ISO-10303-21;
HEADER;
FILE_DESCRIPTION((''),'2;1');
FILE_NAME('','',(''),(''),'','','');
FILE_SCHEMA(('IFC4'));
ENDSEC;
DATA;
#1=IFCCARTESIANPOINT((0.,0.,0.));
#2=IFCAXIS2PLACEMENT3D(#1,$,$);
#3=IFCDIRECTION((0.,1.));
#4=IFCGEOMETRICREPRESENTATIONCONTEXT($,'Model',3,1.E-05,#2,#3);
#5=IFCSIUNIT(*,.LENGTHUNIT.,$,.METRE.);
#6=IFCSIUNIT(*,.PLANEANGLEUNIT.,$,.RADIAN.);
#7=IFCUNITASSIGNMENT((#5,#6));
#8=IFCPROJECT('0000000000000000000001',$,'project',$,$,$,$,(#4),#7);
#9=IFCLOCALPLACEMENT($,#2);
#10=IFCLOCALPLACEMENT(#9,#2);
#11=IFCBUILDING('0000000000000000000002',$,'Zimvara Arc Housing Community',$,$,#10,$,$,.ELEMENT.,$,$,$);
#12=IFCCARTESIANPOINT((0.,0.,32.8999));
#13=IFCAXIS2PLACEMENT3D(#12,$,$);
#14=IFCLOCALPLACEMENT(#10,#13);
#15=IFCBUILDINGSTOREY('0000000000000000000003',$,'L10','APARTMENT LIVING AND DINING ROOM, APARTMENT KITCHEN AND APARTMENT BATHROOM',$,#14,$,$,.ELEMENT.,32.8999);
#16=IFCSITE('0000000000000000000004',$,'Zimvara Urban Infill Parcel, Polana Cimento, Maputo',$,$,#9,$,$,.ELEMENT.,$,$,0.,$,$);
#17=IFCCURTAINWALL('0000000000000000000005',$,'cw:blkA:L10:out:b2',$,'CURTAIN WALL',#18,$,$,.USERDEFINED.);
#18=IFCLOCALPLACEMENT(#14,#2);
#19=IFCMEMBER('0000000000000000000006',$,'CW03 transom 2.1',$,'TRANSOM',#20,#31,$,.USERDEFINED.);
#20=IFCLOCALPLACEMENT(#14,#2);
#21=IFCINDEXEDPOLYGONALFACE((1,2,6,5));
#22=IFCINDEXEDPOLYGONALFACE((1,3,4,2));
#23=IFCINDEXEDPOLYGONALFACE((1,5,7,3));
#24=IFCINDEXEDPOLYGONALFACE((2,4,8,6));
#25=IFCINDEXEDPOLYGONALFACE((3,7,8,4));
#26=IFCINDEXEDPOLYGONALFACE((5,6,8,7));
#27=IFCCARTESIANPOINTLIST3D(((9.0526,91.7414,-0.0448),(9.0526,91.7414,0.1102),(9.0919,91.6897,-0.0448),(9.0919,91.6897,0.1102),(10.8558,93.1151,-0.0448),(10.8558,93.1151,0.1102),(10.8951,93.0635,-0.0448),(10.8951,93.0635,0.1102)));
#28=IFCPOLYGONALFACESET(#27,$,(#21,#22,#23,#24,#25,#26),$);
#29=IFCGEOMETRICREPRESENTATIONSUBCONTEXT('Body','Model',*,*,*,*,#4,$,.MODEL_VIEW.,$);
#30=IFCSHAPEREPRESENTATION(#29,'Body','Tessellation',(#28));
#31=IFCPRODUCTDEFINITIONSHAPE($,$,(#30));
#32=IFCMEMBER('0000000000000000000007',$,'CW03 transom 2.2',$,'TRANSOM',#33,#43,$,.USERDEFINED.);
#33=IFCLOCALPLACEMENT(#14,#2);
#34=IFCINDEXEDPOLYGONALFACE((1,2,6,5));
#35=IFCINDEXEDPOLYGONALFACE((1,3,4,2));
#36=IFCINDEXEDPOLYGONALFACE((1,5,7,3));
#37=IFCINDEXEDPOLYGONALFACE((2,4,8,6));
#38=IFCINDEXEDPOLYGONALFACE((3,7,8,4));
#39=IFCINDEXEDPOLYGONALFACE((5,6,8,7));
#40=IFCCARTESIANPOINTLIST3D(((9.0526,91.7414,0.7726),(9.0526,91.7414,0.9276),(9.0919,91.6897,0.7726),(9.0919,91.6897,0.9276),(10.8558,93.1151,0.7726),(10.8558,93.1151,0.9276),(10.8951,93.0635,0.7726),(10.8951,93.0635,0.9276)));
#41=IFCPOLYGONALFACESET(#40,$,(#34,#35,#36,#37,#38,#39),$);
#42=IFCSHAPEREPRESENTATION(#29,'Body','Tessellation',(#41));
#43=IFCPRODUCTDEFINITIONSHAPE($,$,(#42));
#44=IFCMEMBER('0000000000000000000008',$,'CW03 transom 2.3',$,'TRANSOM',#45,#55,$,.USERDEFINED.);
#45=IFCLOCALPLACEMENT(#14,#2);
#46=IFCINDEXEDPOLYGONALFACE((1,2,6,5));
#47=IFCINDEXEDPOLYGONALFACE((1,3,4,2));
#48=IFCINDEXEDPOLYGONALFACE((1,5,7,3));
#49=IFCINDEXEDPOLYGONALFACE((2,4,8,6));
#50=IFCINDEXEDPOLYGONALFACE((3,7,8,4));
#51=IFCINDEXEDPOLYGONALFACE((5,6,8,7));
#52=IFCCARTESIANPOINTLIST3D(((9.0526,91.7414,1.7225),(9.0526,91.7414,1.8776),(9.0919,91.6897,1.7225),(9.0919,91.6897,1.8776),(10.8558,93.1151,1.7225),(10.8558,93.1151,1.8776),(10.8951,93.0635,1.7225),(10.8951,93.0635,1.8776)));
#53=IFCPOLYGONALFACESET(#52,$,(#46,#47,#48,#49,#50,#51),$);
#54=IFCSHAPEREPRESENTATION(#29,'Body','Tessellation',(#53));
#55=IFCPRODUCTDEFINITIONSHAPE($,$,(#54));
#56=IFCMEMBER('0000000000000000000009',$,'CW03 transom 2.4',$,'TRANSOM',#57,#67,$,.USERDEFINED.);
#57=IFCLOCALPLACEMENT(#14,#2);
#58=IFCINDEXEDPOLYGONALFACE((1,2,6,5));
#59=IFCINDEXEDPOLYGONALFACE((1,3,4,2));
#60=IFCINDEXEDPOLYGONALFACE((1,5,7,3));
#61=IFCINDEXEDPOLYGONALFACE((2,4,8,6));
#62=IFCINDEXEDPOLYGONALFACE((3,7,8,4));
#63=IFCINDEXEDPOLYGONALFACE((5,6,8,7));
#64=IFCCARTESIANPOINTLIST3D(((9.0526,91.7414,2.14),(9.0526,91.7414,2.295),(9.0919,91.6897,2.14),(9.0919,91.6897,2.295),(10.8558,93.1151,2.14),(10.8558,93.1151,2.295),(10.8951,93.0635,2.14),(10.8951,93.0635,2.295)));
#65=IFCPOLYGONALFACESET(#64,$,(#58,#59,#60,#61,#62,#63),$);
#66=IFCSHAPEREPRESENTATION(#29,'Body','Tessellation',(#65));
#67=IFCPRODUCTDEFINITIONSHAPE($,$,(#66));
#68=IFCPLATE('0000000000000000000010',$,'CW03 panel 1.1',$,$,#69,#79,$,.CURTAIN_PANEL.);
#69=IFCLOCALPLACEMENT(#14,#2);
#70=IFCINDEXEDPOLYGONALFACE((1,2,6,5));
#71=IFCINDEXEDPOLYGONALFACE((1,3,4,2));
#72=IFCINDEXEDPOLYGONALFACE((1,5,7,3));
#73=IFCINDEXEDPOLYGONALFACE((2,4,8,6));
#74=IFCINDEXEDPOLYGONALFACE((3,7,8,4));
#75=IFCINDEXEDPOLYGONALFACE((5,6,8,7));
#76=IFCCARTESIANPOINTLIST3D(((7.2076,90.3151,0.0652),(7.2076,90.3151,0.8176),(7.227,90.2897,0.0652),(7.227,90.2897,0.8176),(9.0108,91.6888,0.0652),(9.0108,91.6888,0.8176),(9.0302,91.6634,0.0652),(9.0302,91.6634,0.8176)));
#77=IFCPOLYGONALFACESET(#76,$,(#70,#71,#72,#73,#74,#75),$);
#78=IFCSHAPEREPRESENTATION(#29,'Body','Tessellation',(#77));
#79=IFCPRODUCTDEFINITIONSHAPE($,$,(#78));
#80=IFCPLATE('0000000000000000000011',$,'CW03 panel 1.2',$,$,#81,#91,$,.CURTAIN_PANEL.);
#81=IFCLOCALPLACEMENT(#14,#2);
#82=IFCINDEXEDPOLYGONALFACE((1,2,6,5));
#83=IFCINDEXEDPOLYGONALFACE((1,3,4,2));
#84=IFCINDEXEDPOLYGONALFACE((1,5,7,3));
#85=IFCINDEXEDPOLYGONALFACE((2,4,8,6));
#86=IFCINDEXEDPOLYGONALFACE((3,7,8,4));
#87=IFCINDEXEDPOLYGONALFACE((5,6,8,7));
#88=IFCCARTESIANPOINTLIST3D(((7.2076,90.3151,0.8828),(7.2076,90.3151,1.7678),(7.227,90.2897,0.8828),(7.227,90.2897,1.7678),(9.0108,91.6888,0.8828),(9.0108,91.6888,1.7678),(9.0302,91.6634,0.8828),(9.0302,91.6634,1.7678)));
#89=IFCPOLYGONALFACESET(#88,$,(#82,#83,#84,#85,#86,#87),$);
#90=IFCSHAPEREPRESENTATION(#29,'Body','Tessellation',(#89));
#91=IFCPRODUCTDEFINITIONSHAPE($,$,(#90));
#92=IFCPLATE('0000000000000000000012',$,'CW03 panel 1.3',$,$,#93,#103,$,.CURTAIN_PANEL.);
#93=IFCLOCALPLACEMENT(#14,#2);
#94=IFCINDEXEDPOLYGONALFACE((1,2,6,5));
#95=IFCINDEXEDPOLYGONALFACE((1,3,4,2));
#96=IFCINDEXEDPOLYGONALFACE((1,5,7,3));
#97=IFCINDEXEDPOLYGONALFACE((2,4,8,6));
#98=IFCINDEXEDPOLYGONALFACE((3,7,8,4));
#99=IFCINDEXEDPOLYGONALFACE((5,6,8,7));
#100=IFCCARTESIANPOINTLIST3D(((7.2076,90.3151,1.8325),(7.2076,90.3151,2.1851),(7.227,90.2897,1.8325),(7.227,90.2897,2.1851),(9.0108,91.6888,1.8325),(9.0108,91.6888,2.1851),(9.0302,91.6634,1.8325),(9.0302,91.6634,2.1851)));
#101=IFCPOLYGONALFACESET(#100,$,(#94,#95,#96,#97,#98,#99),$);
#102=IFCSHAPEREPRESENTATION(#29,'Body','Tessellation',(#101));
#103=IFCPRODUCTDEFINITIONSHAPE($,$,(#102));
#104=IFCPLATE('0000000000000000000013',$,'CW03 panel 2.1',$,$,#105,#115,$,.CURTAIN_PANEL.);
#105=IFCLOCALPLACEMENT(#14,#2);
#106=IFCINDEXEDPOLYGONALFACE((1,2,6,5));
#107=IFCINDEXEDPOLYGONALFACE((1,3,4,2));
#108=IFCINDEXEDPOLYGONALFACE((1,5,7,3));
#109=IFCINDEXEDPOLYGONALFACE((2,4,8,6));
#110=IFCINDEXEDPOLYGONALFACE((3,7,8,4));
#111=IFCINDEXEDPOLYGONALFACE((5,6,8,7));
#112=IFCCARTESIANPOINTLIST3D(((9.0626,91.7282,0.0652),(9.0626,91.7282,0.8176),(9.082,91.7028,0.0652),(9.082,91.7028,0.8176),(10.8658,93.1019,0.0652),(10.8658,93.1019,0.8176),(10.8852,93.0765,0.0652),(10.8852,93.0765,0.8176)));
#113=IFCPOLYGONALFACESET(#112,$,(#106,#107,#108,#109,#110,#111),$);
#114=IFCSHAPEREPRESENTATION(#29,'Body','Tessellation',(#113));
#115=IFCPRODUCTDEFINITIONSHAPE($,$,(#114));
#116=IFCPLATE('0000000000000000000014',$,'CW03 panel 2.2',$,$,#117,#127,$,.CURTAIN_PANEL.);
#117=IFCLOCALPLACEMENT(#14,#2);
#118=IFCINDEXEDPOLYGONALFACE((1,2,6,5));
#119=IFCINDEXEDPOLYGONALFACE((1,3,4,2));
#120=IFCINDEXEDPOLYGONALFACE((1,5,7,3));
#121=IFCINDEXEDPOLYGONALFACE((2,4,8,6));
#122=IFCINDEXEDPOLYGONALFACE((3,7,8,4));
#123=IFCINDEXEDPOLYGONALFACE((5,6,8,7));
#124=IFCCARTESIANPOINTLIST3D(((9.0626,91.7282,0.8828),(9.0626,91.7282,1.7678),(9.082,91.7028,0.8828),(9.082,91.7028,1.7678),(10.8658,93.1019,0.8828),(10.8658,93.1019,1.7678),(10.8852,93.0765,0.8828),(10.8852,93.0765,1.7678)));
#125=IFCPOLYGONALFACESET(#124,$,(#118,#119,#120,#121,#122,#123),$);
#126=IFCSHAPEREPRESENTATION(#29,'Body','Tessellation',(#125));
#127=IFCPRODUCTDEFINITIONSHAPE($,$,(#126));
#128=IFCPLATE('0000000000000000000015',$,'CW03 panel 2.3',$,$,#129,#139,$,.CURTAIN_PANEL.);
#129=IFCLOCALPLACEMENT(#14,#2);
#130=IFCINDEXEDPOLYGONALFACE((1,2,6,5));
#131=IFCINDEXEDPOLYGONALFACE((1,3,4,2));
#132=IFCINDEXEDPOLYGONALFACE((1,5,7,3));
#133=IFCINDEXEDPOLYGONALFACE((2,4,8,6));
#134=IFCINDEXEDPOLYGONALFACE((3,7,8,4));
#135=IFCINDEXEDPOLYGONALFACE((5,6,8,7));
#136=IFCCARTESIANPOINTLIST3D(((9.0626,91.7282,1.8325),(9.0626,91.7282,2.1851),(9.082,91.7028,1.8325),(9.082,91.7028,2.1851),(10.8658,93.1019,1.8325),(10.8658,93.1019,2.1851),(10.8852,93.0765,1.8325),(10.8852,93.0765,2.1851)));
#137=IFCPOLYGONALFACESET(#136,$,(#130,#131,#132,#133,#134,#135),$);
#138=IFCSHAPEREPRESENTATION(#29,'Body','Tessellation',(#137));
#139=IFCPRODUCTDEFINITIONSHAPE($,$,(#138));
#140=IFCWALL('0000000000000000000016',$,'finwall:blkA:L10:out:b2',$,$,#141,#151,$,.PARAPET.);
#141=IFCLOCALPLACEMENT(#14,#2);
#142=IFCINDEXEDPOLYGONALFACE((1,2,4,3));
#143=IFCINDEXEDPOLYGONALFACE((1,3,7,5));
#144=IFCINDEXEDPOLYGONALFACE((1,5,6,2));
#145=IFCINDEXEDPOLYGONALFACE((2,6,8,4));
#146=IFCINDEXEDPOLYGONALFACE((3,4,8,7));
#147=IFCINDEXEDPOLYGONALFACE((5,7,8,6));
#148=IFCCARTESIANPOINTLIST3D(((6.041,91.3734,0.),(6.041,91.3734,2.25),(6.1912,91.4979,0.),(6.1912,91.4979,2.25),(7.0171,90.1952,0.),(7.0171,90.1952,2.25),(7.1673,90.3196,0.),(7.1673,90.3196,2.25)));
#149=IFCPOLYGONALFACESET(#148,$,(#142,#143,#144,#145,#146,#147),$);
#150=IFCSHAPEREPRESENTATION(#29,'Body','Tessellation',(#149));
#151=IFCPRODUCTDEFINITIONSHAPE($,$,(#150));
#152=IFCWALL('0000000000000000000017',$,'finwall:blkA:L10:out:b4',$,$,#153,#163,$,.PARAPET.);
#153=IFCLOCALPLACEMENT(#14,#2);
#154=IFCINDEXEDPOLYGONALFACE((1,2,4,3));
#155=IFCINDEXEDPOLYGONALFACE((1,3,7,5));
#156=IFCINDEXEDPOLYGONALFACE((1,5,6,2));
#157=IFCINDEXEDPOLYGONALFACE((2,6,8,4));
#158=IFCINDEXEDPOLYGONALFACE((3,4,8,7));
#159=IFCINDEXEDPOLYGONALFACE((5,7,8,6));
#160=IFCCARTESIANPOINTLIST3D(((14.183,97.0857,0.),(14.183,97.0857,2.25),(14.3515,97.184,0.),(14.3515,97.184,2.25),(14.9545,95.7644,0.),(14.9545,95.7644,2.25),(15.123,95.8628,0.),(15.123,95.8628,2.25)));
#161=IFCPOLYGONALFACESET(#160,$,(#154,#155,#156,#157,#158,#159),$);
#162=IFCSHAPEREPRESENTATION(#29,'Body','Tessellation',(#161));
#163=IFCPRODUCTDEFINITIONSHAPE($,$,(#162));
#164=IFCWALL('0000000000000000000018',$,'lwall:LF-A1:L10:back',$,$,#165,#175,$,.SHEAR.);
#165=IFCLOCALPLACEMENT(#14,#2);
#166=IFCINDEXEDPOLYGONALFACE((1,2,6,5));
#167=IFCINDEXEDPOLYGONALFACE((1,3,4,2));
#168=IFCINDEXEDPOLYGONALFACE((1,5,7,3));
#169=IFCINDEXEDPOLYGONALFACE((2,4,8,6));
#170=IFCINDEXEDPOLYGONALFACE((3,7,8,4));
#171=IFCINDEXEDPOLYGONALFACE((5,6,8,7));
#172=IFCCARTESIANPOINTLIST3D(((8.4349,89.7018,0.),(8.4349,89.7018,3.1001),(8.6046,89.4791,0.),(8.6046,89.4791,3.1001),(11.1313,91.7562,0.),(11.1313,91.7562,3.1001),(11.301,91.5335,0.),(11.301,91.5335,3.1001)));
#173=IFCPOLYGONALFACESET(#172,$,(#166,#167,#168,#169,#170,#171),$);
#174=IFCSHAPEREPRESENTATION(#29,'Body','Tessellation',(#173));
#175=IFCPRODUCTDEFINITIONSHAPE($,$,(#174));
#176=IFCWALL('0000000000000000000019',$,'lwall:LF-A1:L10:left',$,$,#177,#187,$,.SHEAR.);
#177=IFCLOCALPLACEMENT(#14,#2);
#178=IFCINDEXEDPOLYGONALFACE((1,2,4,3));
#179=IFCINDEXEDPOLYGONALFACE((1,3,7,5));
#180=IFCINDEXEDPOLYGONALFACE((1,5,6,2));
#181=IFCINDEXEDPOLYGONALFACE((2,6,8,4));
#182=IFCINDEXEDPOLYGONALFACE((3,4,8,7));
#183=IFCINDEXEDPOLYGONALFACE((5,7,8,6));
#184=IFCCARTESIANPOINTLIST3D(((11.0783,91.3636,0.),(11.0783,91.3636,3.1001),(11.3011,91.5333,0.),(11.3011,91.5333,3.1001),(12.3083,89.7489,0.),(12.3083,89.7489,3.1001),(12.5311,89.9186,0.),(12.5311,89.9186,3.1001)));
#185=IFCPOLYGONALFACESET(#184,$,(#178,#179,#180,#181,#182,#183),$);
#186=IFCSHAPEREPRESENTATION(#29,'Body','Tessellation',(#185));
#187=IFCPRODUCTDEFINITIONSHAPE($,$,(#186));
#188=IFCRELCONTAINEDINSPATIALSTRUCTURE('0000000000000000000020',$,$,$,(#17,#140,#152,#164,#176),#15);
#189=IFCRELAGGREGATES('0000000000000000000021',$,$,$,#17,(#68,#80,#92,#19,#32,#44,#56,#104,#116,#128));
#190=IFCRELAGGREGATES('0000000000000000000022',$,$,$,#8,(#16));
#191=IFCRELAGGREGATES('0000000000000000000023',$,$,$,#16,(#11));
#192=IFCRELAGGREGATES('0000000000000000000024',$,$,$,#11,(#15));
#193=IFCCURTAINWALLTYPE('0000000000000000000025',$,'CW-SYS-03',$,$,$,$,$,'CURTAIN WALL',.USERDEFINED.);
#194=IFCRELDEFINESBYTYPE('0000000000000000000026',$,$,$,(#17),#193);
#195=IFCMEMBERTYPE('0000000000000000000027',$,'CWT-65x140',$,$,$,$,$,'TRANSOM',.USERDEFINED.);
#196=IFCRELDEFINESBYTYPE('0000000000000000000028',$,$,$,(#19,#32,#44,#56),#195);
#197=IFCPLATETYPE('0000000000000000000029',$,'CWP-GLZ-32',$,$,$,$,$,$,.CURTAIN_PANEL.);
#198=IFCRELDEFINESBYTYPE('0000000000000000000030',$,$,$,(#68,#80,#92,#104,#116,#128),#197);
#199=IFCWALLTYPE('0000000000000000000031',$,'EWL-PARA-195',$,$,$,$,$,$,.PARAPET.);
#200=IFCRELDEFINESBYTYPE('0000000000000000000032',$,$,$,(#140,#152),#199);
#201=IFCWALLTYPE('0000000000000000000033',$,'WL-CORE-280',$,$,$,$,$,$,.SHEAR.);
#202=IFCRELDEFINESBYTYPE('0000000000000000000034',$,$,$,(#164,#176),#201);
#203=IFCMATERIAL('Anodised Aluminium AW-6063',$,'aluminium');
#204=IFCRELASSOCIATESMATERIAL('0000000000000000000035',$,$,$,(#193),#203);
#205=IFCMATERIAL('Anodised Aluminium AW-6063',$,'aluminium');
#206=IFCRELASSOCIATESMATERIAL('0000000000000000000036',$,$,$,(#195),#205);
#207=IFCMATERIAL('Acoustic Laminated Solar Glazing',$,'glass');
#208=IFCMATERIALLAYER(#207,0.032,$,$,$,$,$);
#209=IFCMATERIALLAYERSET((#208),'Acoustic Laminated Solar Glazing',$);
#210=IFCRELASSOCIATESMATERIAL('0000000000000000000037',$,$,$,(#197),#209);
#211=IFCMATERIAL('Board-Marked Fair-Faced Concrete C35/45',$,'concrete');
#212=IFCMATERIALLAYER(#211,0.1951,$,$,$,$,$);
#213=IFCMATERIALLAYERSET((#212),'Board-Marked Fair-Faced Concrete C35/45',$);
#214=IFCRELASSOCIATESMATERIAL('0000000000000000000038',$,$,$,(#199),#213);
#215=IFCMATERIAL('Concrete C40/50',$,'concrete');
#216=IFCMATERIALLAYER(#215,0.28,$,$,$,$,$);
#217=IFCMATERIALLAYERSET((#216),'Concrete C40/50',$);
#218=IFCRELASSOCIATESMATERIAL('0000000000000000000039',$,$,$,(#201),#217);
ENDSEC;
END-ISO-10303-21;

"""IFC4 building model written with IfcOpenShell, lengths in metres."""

from ifc_helpers import new_model, si_unit, direction, frame, frame_2d, origin, origin_2d, place, context, subcontext, project, spatial, rectangle, extrude, material, layer, layer_set, material_profile, profile_set, type_object, element, aggregate, save


model = new_model("IFC4")

# Units and contexts
model_context = context("Model", 3, precision=1e-05, world=origin(), true_north=direction((0.0, 1.0)))
body_context = subcontext(model_context, "Body", "Model", "MODEL_VIEW")
ifc_project = project(units=[si_unit("LENGTHUNIT", "METRE"), si_unit("PLANEANGLEUNIT", "RADIAN")], contexts=[model_context])

# Site, building, storey
site_placement = place(None, origin())
site = spatial("IfcSite", under=ifc_project, at=site_placement, Name="Zimvara Urban Infill Parcel, Polana Cimento, Maputo", CompositionType="ELEMENT", RefElevation=0.0)
building_placement = place(site_placement, origin())
building = spatial("IfcBuilding", under=site, at=building_placement, Name="Zimvara Arc Housing Community", CompositionType="ELEMENT")
storey_placement = place(building_placement, frame((0.0, 0.0, 32.8999)))
storey = spatial("IfcBuildingStorey", under=building, at=storey_placement, Name="L10", Description="APARTMENT LIVING AND DINING ROOM, APARTMENT KITCHEN AND APARTMENT BATHROOM", CompositionType="ELEMENT", Elevation=32.8999)

# Curtain wall
ifc_material_1 = material(Name="Anodised Aluminium AW-6063", Category="aluminium")
curtain_wall_type_1 = type_object("IfcCurtainWallType", Name="CW-SYS-03", ElementType="CURTAIN WALL", PredefinedType="USERDEFINED", material=ifc_material_1)
curtain_wall_1_placement = place(storey_placement, origin())
curtain_wall_1 = element("IfcCurtainWall", 1, at=curtain_wall_1_placement, inside=storey, type_object=curtain_wall_type_1, Name="cw:blkA:L10:out:b2", ObjectType="CURTAIN WALL", PredefinedType="USERDEFINED")

# Members
ifc_material_2 = material(Name="Anodised Aluminium AW-6063", Category="aluminium")
ifc_material_profile_1 = material_profile(ifc_material_2, rectangle(XDim=0.0649, YDim=0.155, at=origin_2d()), Name="ALU 65x155")
ifc_profile_set_1 = profile_set([ifc_material_profile_1], Name="Anodised Aluminium AW-6063")
member_type_1 = type_object("IfcMemberType", Name="CWT-65x140", ElementType="TRANSOM", PredefinedType="USERDEFINED", material=ifc_profile_set_1)
member_1_placement = place(storey_placement, frame((9.0723, 91.7156, 0.0327), z_axis=(0.795454, 0.606014, 0.0), x_axis=(-0.606014, 0.795454, 0.0)))
member_1 = element("IfcMember", 2, at=member_1_placement, type_object=member_type_1, Name="CW03 transom 2.1", ObjectType="TRANSOM", PredefinedType="USERDEFINED", context=body_context, shape_type="SweptSolid", body=[
    extrude(rectangle(XDim=0.0649, YDim=0.155, at=origin_2d()), origin(), (0.0, 0.0, 1.0), 2.2668),
])
member_2_placement = place(storey_placement, frame((9.0723, 91.7156, 0.8501), z_axis=(0.795454, 0.606014, 0.0), x_axis=(-0.606014, 0.795454, 0.0)))
member_2 = element("IfcMember", 3, at=member_2_placement, type_object=member_type_1, Name="CW03 transom 2.2", ObjectType="TRANSOM", PredefinedType="USERDEFINED", context=body_context, shape_type="SweptSolid", body=[
    extrude(rectangle(XDim=0.0649, YDim=0.155, at=origin_2d()), origin(), (0.0, 0.0, 1.0), 2.2668),
])
member_3_placement = place(storey_placement, frame((9.0723, 91.7156, 1.8), z_axis=(0.795454, 0.606014, 0.0), x_axis=(-0.606014, 0.795454, 0.0)))
member_3 = element("IfcMember", 4, at=member_3_placement, type_object=member_type_1, Name="CW03 transom 2.3", ObjectType="TRANSOM", PredefinedType="USERDEFINED", context=body_context, shape_type="SweptSolid", body=[
    extrude(rectangle(XDim=0.0649, YDim=0.155, at=origin_2d()), origin(), (0.0, 0.0, 1.0), 2.2668),
])
member_4_placement = place(storey_placement, frame((9.0723, 91.7156, 2.2175), z_axis=(0.795454, 0.606014, 0.0), x_axis=(-0.606014, 0.795454, 0.0)))
member_4 = element("IfcMember", 5, at=member_4_placement, type_object=member_type_1, Name="CW03 transom 2.4", ObjectType="TRANSOM", PredefinedType="USERDEFINED", context=body_context, shape_type="SweptSolid", body=[
    extrude(rectangle(XDim=0.0649, YDim=0.155, at=origin_2d()), origin(), (0.0, 0.0, 1.0), 2.2668),
])

# Plates
ifc_material_3 = material(Name="Acoustic Laminated Solar Glazing", Category="glass")
ifc_layer_1 = layer(ifc_material_3, 0.032)
ifc_layer_set_1 = layer_set([ifc_layer_1], Name="Acoustic Laminated Solar Glazing")
plate_type = type_object("IfcPlateType", Name="CWP-GLZ-32", PredefinedType="CURTAIN_PANEL", material=ifc_layer_set_1)
plate_1_placement = place(storey_placement, frame((8.1189, 90.9893, 0.0652), z_axis=(0.0, 0.0, 1.0), x_axis=(0.795474, 0.605988, 0.0)))
plate_1 = element("IfcPlate", 6, at=plate_1_placement, type_object=plate_type, Name="CW03 panel 1.1", PredefinedType="CURTAIN_PANEL", context=body_context, shape_type="SweptSolid", body=[
    extrude(rectangle(XDim=2.2668, YDim=0.032, at=origin_2d()), origin(), (0.0, 0.0, 1.0), 0.7524),
])
plate_2_placement = place(storey_placement, frame((8.1189, 90.9893, 0.8828), z_axis=(0.0, 0.0, 1.0), x_axis=(0.795474, 0.605988, 0.0)))
plate_2 = element("IfcPlate", 7, at=plate_2_placement, type_object=plate_type, Name="CW03 panel 1.2", PredefinedType="CURTAIN_PANEL", context=body_context, shape_type="SweptSolid", body=[
    extrude(rectangle(XDim=2.2668, YDim=0.032, at=origin_2d()), origin(), (0.0, 0.0, 1.0), 0.885),
])
plate_3_placement = place(storey_placement, frame((8.1189, 90.9893, 1.8325), z_axis=(0.0, 0.0, 1.0), x_axis=(0.795474, 0.605988, 0.0)))
plate_3 = element("IfcPlate", 8, at=plate_3_placement, type_object=plate_type, Name="CW03 panel 1.3", PredefinedType="CURTAIN_PANEL", context=body_context, shape_type="SweptSolid", body=[
    extrude(rectangle(XDim=2.2668, YDim=0.032, at=origin_2d()), origin(), (0.0, 0.0, 1.0), 0.3525),
])
plate_4_placement = place(storey_placement, frame((9.9739, 92.4023, 0.0652), z_axis=(0.0, 0.0, 1.0), x_axis=(0.795474, 0.605988, 0.0)))
plate_4 = element("IfcPlate", 9, at=plate_4_placement, type_object=plate_type, Name="CW03 panel 2.1", PredefinedType="CURTAIN_PANEL", context=body_context, shape_type="SweptSolid", body=[
    extrude(rectangle(XDim=2.2668, YDim=0.032, at=origin_2d()), origin(), (0.0, 0.0, 1.0), 0.7524),
])
plate_5_placement = place(storey_placement, frame((9.9739, 92.4023, 0.8828), z_axis=(0.0, 0.0, 1.0), x_axis=(0.795474, 0.605988, 0.0)))
plate_5 = element("IfcPlate", 10, at=plate_5_placement, type_object=plate_type, Name="CW03 panel 2.2", PredefinedType="CURTAIN_PANEL", context=body_context, shape_type="SweptSolid", body=[
    extrude(rectangle(XDim=2.2668, YDim=0.032, at=origin_2d()), origin(), (0.0, 0.0, 1.0), 0.885),
])
plate_6_placement = place(storey_placement, frame((9.9739, 92.4023, 1.8325), z_axis=(0.0, 0.0, 1.0), x_axis=(0.795474, 0.605988, 0.0)))
plate_6 = element("IfcPlate", 11, at=plate_6_placement, type_object=plate_type, Name="CW03 panel 2.3", PredefinedType="CURTAIN_PANEL", context=body_context, shape_type="SweptSolid", body=[
    extrude(rectangle(XDim=2.2668, YDim=0.032, at=origin_2d()), origin(), (0.0, 0.0, 1.0), 0.3525),
])
aggregate(curtain_wall_1, [plate_1, plate_2, plate_3, member_1, member_2, member_3, member_4, plate_4, plate_5, plate_6])

# Walls
ifc_material_4 = material(Name="Board-Marked Fair-Faced Concrete C35/45", Category="concrete")
ifc_layer_2 = layer(ifc_material_4, 0.1951)
ifc_layer_set_2 = layer_set([ifc_layer_2], Name="Board-Marked Fair-Faced Concrete C35/45")
wall_type_1 = type_object("IfcWallType", Name="EWL-PARA-195", PredefinedType="PARAPET", material=ifc_layer_set_2)
for number, where, z_axis, x_axis, name in (
    (12, (7.0923, 90.2573, 0.0), (0.0, 0.0, 1.0), (-0.637953, 0.770075, 0.0), "finwall:blkA:L10:out:b2"),
    (13, (15.0388, 95.8135, 0.0), (0.0, 0.0, 1.0), (-0.504228, 0.86357, 0.0), "finwall:blkA:L10:out:b4"),
):
    element("IfcWall", number, at=place(storey_placement, frame(where, z_axis=z_axis, x_axis=x_axis)), inside=storey, type_object=wall_type_1, Name=name, PredefinedType="PARAPET", context=body_context, shape_type="SweptSolid", body=[
        extrude(rectangle(XDim=1.53, YDim=0.1951, at=frame_2d((0.7651, 0.0))), origin(), (0.0, 0.0, 1.0), 2.25),
    ])

# Shared definitions
ifc_material_5 = material(Name="Concrete C40/50", Category="concrete")
ifc_layer_3 = layer(ifc_material_5, 0.28)
ifc_layer_set_3 = layer_set([ifc_layer_3], Name="Concrete C40/50")
wall_type_2 = type_object("IfcWallType", Name="WL-CORE-280", PredefinedType="SHEAR", material=ifc_layer_set_3)

# Walls
wall_1_placement = place(storey_placement, frame((11.2161, 91.6448, 0.0), z_axis=(0.0, 0.0, 1.0), x_axis=(-0.79544, -0.606032, 0.0)))
element("IfcWall", 14, at=wall_1_placement, inside=storey, type_object=wall_type_2, Name="lwall:LF-A1:L10:back", PredefinedType="SHEAR", context=body_context, shape_type="SweptSolid", body=[
    extrude(rectangle(XDim=3.3899, YDim=0.28, at=frame_2d((1.6948, 0.0))), origin(), (0.0, 0.0, 1.0), 3.1001),
])
wall_2_placement = place(storey_placement, frame((12.4197, 89.8337, 0.0), z_axis=(0.0, 0.0, 1.0), x_axis=(-0.605949, 0.795504, 0.0)))
element("IfcWall", 15, at=wall_2_placement, inside=storey, type_object=wall_type_2, Name="lwall:LF-A1:L10:left", PredefinedType="SHEAR", context=body_context, shape_type="SweptSolid", body=[
    extrude(rectangle(XDim=2.0298, YDim=0.28, at=frame_2d((1.0149, 0.0))), origin(), (0.0, 0.0, 1.0), 3.1001),
])

save(model, "model.ifc")
